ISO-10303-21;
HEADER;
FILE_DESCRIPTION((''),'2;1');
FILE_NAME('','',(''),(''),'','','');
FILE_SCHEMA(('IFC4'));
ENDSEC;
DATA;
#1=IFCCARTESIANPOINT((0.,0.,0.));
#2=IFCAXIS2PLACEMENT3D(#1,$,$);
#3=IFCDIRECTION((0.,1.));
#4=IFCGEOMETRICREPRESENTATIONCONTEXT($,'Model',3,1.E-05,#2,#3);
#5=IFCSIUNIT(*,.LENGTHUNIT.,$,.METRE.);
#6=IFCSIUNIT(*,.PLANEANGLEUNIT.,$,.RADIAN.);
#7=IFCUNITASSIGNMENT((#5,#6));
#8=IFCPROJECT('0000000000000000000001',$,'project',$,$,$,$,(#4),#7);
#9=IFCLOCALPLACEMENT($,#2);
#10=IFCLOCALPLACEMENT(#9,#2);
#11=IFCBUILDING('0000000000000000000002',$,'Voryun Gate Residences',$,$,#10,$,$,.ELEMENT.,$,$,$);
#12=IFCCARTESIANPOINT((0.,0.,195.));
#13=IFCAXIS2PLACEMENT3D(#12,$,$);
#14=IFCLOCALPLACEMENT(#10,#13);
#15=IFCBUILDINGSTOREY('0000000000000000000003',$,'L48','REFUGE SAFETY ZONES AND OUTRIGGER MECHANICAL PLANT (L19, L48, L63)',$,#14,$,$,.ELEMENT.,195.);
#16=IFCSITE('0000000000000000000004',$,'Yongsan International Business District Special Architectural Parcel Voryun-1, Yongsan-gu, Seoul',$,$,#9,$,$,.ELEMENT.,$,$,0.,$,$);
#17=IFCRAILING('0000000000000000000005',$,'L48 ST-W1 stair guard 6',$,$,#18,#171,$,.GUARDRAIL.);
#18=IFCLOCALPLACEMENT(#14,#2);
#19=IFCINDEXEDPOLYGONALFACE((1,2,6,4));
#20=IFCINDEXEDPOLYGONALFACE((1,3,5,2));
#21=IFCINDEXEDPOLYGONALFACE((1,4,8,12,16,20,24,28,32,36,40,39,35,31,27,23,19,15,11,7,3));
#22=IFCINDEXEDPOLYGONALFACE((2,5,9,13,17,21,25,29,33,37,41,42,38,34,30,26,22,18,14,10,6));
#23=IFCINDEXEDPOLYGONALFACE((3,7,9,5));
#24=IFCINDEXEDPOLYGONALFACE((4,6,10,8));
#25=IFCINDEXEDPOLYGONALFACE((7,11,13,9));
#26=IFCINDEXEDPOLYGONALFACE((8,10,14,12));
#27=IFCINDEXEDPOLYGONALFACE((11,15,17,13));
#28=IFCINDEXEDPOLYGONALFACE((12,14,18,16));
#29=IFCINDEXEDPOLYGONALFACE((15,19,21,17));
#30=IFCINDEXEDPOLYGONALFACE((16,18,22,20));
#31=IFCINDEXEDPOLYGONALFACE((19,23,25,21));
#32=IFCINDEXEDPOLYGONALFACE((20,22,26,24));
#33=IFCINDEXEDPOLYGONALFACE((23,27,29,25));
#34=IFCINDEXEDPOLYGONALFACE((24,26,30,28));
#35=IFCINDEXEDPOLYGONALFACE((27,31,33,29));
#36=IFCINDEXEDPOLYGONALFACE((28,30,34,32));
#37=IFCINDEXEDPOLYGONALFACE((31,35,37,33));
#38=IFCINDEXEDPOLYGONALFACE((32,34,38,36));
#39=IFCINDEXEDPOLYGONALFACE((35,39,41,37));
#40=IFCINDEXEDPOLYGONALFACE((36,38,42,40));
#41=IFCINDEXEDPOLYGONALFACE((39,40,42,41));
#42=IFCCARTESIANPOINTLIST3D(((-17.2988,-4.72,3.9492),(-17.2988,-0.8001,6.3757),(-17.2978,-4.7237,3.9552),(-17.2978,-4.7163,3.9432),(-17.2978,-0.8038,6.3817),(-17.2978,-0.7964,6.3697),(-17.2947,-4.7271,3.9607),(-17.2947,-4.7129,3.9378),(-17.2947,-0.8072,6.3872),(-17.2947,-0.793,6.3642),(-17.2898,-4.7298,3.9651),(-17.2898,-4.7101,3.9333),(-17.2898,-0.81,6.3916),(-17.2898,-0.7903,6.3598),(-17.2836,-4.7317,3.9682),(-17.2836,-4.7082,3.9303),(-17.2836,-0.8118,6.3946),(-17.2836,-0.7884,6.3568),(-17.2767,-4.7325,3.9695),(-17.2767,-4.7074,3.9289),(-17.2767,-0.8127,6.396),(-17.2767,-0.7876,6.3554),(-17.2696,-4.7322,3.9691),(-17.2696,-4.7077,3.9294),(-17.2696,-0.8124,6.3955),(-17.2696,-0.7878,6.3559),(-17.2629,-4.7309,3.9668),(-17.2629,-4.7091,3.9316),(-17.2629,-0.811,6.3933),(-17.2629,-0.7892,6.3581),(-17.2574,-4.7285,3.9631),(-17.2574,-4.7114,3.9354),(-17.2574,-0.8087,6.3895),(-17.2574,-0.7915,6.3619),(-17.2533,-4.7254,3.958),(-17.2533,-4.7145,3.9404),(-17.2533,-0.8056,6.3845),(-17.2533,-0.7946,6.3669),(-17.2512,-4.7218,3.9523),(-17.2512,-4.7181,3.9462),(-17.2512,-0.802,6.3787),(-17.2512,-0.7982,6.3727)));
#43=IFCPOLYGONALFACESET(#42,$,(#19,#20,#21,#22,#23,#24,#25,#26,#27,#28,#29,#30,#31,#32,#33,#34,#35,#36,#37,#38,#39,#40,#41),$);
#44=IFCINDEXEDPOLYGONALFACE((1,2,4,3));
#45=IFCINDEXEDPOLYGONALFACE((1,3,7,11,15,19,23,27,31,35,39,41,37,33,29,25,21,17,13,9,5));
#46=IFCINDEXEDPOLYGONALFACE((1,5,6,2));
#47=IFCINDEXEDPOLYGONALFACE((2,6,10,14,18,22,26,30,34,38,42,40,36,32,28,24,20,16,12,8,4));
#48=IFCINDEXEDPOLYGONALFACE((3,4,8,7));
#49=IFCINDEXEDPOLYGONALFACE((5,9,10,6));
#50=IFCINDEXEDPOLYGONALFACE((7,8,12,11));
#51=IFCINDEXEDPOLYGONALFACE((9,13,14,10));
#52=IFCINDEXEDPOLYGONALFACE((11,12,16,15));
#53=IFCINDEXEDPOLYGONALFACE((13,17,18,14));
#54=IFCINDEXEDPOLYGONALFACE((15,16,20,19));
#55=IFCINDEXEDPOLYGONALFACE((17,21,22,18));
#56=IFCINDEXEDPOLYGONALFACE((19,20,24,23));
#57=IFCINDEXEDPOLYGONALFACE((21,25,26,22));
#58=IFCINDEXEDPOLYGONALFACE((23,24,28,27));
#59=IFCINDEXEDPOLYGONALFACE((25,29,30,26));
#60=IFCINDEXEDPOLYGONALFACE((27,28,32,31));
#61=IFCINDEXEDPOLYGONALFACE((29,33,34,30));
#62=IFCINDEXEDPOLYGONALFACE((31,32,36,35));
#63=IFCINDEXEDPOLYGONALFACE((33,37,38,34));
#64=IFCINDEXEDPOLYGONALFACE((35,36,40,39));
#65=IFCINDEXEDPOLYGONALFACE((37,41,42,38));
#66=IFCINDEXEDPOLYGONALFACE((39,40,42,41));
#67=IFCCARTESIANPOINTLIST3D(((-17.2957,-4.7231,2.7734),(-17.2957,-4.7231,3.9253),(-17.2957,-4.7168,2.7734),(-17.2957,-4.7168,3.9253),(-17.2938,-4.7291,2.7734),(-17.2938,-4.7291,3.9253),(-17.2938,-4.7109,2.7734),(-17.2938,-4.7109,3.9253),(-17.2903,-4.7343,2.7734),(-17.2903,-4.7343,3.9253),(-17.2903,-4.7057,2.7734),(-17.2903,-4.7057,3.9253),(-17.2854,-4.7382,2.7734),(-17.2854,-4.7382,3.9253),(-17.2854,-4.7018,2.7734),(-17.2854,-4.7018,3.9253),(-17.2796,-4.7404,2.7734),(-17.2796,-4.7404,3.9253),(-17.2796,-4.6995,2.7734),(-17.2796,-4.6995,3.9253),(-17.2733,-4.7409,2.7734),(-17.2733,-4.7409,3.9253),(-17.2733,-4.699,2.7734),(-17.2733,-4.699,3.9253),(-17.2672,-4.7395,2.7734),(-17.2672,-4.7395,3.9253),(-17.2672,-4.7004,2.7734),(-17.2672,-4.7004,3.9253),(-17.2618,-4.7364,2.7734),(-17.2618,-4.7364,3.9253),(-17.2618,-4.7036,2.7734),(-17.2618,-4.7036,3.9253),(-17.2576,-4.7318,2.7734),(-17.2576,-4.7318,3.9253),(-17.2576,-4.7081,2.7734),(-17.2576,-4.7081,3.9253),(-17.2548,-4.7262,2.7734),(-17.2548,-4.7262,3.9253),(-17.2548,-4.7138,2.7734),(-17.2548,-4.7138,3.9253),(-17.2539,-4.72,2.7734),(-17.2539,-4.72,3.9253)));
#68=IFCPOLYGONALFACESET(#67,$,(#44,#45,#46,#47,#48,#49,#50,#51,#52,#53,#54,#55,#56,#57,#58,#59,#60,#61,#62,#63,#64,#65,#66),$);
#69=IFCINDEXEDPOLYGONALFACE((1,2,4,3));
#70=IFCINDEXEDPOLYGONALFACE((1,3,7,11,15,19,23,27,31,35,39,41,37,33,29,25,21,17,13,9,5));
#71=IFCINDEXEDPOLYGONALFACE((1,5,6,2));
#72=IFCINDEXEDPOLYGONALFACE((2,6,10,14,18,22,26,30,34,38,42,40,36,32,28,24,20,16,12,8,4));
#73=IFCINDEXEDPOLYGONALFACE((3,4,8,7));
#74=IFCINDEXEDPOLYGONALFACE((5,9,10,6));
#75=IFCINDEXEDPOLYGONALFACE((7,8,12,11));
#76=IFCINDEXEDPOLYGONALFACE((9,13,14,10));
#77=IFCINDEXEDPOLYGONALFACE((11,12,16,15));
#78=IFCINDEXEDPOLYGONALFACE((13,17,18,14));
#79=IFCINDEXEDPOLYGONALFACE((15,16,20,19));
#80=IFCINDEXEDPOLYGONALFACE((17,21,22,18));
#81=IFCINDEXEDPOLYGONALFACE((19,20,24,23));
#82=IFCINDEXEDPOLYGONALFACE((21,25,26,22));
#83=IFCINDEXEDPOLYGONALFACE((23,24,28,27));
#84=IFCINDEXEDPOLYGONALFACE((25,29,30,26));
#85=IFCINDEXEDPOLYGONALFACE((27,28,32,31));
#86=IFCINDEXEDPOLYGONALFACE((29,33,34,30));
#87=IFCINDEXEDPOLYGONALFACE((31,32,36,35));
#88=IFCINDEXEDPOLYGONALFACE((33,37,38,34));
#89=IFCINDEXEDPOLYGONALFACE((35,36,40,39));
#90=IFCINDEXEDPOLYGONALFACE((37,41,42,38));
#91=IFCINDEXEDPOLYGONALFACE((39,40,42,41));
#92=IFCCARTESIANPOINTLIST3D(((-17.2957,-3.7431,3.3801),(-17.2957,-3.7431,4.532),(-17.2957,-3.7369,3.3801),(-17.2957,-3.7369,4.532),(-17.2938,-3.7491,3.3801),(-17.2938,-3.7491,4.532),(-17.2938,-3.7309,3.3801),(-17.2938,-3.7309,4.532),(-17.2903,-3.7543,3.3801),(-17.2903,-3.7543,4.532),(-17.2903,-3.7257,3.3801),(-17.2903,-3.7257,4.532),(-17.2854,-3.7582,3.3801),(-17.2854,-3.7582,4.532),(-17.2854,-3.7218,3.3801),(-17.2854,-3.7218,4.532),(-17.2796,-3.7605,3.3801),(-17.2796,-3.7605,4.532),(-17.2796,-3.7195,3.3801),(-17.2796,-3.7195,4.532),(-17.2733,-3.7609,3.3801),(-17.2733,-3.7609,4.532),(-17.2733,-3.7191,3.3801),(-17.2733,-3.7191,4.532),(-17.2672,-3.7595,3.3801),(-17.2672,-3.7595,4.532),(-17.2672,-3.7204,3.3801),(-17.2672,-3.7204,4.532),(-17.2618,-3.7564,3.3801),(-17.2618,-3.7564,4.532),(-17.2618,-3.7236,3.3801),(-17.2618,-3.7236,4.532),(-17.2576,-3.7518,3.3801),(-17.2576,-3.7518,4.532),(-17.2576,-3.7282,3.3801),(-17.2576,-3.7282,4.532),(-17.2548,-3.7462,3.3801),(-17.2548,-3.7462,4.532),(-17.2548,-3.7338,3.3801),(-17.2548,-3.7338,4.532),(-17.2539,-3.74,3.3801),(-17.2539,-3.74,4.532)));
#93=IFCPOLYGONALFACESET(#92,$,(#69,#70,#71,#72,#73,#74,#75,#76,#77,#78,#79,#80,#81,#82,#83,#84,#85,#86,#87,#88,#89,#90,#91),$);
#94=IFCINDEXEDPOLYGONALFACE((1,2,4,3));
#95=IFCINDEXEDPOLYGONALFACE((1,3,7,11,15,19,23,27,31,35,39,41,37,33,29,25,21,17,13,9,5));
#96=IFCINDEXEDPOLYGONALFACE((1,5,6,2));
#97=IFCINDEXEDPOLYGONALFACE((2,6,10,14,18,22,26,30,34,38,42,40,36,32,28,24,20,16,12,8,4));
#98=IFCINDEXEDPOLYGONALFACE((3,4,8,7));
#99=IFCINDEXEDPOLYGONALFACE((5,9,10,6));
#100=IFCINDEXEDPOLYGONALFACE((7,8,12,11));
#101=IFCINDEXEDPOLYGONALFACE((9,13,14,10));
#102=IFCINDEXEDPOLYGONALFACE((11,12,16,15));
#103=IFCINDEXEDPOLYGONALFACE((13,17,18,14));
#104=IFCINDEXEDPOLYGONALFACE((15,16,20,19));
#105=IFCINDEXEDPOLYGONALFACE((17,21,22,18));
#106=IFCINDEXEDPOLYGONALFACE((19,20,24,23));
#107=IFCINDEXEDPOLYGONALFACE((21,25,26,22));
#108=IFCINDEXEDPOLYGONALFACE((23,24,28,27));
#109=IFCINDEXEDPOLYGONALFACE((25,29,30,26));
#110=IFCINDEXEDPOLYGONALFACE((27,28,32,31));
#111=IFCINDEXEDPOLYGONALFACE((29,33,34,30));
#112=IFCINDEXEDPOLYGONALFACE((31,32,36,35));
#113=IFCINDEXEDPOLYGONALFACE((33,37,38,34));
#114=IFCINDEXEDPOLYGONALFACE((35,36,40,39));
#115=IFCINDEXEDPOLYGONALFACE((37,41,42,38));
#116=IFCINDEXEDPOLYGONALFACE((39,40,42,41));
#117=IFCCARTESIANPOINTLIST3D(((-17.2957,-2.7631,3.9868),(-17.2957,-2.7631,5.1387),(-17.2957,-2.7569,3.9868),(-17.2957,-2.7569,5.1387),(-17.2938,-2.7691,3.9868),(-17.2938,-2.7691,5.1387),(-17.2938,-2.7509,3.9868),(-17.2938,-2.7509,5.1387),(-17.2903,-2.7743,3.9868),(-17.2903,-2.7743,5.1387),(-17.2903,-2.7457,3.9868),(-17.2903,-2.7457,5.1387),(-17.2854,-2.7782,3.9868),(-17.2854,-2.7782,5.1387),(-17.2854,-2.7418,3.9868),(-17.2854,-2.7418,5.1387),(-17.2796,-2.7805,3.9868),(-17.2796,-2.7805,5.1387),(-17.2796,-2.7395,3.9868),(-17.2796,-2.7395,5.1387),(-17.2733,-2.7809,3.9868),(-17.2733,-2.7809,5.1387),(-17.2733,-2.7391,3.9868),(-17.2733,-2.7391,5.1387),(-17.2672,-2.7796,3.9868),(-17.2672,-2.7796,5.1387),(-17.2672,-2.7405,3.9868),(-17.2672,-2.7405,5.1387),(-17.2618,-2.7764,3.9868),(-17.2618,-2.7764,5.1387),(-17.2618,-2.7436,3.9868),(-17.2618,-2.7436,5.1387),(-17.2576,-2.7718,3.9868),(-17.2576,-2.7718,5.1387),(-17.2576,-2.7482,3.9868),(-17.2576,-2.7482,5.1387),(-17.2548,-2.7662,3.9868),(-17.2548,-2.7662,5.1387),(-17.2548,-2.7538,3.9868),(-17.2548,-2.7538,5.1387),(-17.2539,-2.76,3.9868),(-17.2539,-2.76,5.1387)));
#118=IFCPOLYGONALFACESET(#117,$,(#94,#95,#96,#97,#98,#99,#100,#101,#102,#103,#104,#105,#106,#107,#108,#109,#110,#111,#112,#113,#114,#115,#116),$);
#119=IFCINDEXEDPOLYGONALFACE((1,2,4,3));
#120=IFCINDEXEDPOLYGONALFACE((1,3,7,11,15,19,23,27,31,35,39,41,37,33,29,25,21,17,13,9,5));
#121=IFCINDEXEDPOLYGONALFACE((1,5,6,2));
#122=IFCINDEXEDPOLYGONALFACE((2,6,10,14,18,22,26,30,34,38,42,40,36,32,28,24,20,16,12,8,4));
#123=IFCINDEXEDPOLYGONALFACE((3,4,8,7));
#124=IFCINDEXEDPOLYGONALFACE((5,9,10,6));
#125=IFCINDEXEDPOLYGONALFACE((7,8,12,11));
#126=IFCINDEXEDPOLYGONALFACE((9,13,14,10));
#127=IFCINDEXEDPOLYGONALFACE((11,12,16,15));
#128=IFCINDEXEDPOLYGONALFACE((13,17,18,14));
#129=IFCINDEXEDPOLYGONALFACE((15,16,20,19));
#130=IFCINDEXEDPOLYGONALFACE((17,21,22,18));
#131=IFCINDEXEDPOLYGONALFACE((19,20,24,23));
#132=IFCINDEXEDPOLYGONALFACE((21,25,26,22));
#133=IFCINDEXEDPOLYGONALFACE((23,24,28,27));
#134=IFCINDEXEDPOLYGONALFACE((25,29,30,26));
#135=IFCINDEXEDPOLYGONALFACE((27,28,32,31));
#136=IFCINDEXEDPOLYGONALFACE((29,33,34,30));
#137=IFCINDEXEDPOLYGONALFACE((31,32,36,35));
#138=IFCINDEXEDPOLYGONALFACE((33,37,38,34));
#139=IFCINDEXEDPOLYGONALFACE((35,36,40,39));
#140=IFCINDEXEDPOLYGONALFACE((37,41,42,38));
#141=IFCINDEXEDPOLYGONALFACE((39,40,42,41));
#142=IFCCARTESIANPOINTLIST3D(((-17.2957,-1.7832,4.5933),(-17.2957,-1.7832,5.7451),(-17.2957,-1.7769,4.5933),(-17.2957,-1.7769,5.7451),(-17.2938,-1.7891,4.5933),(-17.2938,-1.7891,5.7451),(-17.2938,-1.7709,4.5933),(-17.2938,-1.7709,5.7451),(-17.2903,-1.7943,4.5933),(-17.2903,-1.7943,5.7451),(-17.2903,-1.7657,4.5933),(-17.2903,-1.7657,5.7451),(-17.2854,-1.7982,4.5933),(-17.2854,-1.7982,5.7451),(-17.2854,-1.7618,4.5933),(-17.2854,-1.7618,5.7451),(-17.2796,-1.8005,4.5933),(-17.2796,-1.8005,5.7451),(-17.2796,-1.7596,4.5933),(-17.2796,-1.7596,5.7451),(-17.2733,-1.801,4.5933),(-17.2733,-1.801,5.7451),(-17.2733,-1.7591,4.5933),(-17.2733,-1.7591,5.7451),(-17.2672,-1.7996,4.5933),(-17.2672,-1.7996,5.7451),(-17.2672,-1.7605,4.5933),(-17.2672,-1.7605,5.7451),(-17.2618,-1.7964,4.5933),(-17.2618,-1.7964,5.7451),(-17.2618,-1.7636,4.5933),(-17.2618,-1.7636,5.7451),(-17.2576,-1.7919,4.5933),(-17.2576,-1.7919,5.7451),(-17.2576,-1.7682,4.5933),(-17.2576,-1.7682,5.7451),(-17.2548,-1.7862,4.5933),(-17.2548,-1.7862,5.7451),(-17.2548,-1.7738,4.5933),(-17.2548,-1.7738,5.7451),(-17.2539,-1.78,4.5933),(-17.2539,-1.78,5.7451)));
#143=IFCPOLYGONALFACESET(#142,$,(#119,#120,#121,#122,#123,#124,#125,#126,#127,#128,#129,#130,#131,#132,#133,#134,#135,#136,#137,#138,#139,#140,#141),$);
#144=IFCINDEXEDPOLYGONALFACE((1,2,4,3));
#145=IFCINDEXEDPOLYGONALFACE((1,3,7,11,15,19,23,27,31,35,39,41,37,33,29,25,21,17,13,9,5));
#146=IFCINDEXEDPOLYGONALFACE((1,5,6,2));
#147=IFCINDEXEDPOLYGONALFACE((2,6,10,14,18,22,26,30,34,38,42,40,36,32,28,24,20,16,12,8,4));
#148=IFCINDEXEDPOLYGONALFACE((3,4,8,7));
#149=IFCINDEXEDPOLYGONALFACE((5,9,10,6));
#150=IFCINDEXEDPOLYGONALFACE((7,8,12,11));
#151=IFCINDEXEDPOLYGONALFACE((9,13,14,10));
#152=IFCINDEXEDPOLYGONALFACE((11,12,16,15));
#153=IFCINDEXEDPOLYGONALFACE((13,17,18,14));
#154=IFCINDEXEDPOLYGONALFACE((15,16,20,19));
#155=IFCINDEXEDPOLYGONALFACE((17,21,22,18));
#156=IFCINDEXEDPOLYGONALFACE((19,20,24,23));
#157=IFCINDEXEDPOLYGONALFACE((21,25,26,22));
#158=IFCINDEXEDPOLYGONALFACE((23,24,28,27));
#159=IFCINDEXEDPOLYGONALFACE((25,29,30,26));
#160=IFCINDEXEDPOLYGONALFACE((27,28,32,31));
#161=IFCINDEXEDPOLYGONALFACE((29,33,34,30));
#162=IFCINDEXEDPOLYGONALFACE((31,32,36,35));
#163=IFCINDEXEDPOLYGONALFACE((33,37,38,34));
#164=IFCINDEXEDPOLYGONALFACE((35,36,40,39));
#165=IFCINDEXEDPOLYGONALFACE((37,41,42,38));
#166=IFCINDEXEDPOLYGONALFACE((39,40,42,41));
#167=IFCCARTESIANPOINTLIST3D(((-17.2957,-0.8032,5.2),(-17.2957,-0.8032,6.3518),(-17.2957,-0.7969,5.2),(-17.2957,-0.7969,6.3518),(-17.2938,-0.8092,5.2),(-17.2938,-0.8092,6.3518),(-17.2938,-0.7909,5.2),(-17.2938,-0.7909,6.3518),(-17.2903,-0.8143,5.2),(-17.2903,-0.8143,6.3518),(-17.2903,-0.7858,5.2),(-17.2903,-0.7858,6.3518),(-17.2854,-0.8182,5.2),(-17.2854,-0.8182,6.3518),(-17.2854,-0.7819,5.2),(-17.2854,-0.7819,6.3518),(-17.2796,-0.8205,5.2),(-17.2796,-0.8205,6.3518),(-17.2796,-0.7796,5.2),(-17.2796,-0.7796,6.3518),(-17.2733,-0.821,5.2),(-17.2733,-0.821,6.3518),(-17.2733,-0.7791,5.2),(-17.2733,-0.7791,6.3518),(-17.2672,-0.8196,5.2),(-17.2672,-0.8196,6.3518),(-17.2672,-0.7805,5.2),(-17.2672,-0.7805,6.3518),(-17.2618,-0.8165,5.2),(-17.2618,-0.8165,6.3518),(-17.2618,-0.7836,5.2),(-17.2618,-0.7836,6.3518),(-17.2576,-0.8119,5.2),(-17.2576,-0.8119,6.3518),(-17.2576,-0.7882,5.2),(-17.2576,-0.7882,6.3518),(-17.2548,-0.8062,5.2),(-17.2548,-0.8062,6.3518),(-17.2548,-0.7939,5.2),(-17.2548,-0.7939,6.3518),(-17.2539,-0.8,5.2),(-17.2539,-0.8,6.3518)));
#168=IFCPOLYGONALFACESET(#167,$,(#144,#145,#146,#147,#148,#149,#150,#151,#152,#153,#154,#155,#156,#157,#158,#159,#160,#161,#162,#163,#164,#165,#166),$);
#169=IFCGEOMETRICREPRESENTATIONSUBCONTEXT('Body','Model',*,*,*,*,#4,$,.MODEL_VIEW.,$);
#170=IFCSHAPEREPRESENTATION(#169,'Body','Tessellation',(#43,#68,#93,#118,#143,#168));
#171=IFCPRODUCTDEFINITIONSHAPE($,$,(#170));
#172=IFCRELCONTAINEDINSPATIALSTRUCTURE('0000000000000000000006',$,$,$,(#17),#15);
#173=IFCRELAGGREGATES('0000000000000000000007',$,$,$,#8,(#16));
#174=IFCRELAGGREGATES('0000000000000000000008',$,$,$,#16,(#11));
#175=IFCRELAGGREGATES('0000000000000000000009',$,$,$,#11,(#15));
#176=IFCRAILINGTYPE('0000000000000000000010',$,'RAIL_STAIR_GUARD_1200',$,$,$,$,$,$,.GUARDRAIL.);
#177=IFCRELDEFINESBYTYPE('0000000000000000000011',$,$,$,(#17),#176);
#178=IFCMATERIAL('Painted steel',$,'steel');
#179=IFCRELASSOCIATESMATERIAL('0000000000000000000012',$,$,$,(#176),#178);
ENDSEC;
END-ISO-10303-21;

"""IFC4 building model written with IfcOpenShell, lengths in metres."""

from ifc_helpers import new_model, si_unit, direction, frame, origin, origin_2d, place, context, subcontext, project, spatial, circle, extrude, material, type_object, element, save


model = new_model("IFC4")

# Units and contexts
model_context = context("Model", 3, precision=1e-05, world=origin(), true_north=direction((0.0, 1.0)))
body_context = subcontext(model_context, "Body", "Model", "MODEL_VIEW")
ifc_project = project(units=[si_unit("LENGTHUNIT", "METRE"), si_unit("PLANEANGLEUNIT", "RADIAN")], contexts=[model_context])

# Site, building, storey
site_placement = place(None, origin())
site = spatial("IfcSite", under=ifc_project, at=site_placement, Name="Yongsan International Business District Special Architectural Parcel Voryun-1, Yongsan-gu, Seoul", CompositionType="ELEMENT", RefElevation=0.0)
building_placement = place(site_placement, origin())
building = spatial("IfcBuilding", under=site, at=building_placement, Name="Voryun Gate Residences", CompositionType="ELEMENT")
storey_placement = place(building_placement, frame((0.0, 0.0, 195.0)))
storey = spatial("IfcBuildingStorey", under=building, at=storey_placement, Name="L48", Description="REFUGE SAFETY ZONES AND OUTRIGGER MECHANICAL PLANT (L19, L48, L63)", CompositionType="ELEMENT", Elevation=195.0)

# Railing
ifc_material_1 = material(Name="Painted steel", Category="steel")
railing_type_1 = type_object("IfcRailingType", Name="RAIL_STAIR_GUARD_1200", PredefinedType="GUARDRAIL", material=ifc_material_1)
railing_1_placement = place(storey_placement, frame((-17.2749, -4.72, 2.7734)))
element("IfcRailing", 1, at=railing_1_placement, inside=storey, type_object=railing_type_1, Name="L48 ST-W1 stair guard 6", PredefinedType="GUARDRAIL", context=body_context, shape_type="SweptSolid", body=[
    extrude(circle(Radius=0.0239, at=origin_2d()), frame((0.0, 0.0, 1.1758), z_axis=(0.0, 0.850275, 0.526338), x_axis=(-1.0, 0.0, 0.0)), (0.0, 0.0, 1.0), 4.6101),
    extrude(circle(Radius=0.021, at=origin_2d()), origin(), (0.0, 0.0, 1.0), 1.1519),
    extrude(circle(Radius=0.021, at=origin_2d()), frame((0.0, 0.98, 0.6067)), (0.0, 0.0, 1.0), 1.1519),
    extrude(circle(Radius=0.021, at=origin_2d()), frame((0.0, 1.96, 1.2134)), (0.0, 0.0, 1.0), 1.1519),
    extrude(circle(Radius=0.021, at=origin_2d()), frame((0.0, 2.9399, 1.8198)), (0.0, 0.0, 1.0), 1.1519),
    extrude(circle(Radius=0.021, at=origin_2d()), frame((0.0, 3.9199, 2.4265)), (0.0, 0.0, 1.0), 1.1519),
])

save(model, "model.ifc")
